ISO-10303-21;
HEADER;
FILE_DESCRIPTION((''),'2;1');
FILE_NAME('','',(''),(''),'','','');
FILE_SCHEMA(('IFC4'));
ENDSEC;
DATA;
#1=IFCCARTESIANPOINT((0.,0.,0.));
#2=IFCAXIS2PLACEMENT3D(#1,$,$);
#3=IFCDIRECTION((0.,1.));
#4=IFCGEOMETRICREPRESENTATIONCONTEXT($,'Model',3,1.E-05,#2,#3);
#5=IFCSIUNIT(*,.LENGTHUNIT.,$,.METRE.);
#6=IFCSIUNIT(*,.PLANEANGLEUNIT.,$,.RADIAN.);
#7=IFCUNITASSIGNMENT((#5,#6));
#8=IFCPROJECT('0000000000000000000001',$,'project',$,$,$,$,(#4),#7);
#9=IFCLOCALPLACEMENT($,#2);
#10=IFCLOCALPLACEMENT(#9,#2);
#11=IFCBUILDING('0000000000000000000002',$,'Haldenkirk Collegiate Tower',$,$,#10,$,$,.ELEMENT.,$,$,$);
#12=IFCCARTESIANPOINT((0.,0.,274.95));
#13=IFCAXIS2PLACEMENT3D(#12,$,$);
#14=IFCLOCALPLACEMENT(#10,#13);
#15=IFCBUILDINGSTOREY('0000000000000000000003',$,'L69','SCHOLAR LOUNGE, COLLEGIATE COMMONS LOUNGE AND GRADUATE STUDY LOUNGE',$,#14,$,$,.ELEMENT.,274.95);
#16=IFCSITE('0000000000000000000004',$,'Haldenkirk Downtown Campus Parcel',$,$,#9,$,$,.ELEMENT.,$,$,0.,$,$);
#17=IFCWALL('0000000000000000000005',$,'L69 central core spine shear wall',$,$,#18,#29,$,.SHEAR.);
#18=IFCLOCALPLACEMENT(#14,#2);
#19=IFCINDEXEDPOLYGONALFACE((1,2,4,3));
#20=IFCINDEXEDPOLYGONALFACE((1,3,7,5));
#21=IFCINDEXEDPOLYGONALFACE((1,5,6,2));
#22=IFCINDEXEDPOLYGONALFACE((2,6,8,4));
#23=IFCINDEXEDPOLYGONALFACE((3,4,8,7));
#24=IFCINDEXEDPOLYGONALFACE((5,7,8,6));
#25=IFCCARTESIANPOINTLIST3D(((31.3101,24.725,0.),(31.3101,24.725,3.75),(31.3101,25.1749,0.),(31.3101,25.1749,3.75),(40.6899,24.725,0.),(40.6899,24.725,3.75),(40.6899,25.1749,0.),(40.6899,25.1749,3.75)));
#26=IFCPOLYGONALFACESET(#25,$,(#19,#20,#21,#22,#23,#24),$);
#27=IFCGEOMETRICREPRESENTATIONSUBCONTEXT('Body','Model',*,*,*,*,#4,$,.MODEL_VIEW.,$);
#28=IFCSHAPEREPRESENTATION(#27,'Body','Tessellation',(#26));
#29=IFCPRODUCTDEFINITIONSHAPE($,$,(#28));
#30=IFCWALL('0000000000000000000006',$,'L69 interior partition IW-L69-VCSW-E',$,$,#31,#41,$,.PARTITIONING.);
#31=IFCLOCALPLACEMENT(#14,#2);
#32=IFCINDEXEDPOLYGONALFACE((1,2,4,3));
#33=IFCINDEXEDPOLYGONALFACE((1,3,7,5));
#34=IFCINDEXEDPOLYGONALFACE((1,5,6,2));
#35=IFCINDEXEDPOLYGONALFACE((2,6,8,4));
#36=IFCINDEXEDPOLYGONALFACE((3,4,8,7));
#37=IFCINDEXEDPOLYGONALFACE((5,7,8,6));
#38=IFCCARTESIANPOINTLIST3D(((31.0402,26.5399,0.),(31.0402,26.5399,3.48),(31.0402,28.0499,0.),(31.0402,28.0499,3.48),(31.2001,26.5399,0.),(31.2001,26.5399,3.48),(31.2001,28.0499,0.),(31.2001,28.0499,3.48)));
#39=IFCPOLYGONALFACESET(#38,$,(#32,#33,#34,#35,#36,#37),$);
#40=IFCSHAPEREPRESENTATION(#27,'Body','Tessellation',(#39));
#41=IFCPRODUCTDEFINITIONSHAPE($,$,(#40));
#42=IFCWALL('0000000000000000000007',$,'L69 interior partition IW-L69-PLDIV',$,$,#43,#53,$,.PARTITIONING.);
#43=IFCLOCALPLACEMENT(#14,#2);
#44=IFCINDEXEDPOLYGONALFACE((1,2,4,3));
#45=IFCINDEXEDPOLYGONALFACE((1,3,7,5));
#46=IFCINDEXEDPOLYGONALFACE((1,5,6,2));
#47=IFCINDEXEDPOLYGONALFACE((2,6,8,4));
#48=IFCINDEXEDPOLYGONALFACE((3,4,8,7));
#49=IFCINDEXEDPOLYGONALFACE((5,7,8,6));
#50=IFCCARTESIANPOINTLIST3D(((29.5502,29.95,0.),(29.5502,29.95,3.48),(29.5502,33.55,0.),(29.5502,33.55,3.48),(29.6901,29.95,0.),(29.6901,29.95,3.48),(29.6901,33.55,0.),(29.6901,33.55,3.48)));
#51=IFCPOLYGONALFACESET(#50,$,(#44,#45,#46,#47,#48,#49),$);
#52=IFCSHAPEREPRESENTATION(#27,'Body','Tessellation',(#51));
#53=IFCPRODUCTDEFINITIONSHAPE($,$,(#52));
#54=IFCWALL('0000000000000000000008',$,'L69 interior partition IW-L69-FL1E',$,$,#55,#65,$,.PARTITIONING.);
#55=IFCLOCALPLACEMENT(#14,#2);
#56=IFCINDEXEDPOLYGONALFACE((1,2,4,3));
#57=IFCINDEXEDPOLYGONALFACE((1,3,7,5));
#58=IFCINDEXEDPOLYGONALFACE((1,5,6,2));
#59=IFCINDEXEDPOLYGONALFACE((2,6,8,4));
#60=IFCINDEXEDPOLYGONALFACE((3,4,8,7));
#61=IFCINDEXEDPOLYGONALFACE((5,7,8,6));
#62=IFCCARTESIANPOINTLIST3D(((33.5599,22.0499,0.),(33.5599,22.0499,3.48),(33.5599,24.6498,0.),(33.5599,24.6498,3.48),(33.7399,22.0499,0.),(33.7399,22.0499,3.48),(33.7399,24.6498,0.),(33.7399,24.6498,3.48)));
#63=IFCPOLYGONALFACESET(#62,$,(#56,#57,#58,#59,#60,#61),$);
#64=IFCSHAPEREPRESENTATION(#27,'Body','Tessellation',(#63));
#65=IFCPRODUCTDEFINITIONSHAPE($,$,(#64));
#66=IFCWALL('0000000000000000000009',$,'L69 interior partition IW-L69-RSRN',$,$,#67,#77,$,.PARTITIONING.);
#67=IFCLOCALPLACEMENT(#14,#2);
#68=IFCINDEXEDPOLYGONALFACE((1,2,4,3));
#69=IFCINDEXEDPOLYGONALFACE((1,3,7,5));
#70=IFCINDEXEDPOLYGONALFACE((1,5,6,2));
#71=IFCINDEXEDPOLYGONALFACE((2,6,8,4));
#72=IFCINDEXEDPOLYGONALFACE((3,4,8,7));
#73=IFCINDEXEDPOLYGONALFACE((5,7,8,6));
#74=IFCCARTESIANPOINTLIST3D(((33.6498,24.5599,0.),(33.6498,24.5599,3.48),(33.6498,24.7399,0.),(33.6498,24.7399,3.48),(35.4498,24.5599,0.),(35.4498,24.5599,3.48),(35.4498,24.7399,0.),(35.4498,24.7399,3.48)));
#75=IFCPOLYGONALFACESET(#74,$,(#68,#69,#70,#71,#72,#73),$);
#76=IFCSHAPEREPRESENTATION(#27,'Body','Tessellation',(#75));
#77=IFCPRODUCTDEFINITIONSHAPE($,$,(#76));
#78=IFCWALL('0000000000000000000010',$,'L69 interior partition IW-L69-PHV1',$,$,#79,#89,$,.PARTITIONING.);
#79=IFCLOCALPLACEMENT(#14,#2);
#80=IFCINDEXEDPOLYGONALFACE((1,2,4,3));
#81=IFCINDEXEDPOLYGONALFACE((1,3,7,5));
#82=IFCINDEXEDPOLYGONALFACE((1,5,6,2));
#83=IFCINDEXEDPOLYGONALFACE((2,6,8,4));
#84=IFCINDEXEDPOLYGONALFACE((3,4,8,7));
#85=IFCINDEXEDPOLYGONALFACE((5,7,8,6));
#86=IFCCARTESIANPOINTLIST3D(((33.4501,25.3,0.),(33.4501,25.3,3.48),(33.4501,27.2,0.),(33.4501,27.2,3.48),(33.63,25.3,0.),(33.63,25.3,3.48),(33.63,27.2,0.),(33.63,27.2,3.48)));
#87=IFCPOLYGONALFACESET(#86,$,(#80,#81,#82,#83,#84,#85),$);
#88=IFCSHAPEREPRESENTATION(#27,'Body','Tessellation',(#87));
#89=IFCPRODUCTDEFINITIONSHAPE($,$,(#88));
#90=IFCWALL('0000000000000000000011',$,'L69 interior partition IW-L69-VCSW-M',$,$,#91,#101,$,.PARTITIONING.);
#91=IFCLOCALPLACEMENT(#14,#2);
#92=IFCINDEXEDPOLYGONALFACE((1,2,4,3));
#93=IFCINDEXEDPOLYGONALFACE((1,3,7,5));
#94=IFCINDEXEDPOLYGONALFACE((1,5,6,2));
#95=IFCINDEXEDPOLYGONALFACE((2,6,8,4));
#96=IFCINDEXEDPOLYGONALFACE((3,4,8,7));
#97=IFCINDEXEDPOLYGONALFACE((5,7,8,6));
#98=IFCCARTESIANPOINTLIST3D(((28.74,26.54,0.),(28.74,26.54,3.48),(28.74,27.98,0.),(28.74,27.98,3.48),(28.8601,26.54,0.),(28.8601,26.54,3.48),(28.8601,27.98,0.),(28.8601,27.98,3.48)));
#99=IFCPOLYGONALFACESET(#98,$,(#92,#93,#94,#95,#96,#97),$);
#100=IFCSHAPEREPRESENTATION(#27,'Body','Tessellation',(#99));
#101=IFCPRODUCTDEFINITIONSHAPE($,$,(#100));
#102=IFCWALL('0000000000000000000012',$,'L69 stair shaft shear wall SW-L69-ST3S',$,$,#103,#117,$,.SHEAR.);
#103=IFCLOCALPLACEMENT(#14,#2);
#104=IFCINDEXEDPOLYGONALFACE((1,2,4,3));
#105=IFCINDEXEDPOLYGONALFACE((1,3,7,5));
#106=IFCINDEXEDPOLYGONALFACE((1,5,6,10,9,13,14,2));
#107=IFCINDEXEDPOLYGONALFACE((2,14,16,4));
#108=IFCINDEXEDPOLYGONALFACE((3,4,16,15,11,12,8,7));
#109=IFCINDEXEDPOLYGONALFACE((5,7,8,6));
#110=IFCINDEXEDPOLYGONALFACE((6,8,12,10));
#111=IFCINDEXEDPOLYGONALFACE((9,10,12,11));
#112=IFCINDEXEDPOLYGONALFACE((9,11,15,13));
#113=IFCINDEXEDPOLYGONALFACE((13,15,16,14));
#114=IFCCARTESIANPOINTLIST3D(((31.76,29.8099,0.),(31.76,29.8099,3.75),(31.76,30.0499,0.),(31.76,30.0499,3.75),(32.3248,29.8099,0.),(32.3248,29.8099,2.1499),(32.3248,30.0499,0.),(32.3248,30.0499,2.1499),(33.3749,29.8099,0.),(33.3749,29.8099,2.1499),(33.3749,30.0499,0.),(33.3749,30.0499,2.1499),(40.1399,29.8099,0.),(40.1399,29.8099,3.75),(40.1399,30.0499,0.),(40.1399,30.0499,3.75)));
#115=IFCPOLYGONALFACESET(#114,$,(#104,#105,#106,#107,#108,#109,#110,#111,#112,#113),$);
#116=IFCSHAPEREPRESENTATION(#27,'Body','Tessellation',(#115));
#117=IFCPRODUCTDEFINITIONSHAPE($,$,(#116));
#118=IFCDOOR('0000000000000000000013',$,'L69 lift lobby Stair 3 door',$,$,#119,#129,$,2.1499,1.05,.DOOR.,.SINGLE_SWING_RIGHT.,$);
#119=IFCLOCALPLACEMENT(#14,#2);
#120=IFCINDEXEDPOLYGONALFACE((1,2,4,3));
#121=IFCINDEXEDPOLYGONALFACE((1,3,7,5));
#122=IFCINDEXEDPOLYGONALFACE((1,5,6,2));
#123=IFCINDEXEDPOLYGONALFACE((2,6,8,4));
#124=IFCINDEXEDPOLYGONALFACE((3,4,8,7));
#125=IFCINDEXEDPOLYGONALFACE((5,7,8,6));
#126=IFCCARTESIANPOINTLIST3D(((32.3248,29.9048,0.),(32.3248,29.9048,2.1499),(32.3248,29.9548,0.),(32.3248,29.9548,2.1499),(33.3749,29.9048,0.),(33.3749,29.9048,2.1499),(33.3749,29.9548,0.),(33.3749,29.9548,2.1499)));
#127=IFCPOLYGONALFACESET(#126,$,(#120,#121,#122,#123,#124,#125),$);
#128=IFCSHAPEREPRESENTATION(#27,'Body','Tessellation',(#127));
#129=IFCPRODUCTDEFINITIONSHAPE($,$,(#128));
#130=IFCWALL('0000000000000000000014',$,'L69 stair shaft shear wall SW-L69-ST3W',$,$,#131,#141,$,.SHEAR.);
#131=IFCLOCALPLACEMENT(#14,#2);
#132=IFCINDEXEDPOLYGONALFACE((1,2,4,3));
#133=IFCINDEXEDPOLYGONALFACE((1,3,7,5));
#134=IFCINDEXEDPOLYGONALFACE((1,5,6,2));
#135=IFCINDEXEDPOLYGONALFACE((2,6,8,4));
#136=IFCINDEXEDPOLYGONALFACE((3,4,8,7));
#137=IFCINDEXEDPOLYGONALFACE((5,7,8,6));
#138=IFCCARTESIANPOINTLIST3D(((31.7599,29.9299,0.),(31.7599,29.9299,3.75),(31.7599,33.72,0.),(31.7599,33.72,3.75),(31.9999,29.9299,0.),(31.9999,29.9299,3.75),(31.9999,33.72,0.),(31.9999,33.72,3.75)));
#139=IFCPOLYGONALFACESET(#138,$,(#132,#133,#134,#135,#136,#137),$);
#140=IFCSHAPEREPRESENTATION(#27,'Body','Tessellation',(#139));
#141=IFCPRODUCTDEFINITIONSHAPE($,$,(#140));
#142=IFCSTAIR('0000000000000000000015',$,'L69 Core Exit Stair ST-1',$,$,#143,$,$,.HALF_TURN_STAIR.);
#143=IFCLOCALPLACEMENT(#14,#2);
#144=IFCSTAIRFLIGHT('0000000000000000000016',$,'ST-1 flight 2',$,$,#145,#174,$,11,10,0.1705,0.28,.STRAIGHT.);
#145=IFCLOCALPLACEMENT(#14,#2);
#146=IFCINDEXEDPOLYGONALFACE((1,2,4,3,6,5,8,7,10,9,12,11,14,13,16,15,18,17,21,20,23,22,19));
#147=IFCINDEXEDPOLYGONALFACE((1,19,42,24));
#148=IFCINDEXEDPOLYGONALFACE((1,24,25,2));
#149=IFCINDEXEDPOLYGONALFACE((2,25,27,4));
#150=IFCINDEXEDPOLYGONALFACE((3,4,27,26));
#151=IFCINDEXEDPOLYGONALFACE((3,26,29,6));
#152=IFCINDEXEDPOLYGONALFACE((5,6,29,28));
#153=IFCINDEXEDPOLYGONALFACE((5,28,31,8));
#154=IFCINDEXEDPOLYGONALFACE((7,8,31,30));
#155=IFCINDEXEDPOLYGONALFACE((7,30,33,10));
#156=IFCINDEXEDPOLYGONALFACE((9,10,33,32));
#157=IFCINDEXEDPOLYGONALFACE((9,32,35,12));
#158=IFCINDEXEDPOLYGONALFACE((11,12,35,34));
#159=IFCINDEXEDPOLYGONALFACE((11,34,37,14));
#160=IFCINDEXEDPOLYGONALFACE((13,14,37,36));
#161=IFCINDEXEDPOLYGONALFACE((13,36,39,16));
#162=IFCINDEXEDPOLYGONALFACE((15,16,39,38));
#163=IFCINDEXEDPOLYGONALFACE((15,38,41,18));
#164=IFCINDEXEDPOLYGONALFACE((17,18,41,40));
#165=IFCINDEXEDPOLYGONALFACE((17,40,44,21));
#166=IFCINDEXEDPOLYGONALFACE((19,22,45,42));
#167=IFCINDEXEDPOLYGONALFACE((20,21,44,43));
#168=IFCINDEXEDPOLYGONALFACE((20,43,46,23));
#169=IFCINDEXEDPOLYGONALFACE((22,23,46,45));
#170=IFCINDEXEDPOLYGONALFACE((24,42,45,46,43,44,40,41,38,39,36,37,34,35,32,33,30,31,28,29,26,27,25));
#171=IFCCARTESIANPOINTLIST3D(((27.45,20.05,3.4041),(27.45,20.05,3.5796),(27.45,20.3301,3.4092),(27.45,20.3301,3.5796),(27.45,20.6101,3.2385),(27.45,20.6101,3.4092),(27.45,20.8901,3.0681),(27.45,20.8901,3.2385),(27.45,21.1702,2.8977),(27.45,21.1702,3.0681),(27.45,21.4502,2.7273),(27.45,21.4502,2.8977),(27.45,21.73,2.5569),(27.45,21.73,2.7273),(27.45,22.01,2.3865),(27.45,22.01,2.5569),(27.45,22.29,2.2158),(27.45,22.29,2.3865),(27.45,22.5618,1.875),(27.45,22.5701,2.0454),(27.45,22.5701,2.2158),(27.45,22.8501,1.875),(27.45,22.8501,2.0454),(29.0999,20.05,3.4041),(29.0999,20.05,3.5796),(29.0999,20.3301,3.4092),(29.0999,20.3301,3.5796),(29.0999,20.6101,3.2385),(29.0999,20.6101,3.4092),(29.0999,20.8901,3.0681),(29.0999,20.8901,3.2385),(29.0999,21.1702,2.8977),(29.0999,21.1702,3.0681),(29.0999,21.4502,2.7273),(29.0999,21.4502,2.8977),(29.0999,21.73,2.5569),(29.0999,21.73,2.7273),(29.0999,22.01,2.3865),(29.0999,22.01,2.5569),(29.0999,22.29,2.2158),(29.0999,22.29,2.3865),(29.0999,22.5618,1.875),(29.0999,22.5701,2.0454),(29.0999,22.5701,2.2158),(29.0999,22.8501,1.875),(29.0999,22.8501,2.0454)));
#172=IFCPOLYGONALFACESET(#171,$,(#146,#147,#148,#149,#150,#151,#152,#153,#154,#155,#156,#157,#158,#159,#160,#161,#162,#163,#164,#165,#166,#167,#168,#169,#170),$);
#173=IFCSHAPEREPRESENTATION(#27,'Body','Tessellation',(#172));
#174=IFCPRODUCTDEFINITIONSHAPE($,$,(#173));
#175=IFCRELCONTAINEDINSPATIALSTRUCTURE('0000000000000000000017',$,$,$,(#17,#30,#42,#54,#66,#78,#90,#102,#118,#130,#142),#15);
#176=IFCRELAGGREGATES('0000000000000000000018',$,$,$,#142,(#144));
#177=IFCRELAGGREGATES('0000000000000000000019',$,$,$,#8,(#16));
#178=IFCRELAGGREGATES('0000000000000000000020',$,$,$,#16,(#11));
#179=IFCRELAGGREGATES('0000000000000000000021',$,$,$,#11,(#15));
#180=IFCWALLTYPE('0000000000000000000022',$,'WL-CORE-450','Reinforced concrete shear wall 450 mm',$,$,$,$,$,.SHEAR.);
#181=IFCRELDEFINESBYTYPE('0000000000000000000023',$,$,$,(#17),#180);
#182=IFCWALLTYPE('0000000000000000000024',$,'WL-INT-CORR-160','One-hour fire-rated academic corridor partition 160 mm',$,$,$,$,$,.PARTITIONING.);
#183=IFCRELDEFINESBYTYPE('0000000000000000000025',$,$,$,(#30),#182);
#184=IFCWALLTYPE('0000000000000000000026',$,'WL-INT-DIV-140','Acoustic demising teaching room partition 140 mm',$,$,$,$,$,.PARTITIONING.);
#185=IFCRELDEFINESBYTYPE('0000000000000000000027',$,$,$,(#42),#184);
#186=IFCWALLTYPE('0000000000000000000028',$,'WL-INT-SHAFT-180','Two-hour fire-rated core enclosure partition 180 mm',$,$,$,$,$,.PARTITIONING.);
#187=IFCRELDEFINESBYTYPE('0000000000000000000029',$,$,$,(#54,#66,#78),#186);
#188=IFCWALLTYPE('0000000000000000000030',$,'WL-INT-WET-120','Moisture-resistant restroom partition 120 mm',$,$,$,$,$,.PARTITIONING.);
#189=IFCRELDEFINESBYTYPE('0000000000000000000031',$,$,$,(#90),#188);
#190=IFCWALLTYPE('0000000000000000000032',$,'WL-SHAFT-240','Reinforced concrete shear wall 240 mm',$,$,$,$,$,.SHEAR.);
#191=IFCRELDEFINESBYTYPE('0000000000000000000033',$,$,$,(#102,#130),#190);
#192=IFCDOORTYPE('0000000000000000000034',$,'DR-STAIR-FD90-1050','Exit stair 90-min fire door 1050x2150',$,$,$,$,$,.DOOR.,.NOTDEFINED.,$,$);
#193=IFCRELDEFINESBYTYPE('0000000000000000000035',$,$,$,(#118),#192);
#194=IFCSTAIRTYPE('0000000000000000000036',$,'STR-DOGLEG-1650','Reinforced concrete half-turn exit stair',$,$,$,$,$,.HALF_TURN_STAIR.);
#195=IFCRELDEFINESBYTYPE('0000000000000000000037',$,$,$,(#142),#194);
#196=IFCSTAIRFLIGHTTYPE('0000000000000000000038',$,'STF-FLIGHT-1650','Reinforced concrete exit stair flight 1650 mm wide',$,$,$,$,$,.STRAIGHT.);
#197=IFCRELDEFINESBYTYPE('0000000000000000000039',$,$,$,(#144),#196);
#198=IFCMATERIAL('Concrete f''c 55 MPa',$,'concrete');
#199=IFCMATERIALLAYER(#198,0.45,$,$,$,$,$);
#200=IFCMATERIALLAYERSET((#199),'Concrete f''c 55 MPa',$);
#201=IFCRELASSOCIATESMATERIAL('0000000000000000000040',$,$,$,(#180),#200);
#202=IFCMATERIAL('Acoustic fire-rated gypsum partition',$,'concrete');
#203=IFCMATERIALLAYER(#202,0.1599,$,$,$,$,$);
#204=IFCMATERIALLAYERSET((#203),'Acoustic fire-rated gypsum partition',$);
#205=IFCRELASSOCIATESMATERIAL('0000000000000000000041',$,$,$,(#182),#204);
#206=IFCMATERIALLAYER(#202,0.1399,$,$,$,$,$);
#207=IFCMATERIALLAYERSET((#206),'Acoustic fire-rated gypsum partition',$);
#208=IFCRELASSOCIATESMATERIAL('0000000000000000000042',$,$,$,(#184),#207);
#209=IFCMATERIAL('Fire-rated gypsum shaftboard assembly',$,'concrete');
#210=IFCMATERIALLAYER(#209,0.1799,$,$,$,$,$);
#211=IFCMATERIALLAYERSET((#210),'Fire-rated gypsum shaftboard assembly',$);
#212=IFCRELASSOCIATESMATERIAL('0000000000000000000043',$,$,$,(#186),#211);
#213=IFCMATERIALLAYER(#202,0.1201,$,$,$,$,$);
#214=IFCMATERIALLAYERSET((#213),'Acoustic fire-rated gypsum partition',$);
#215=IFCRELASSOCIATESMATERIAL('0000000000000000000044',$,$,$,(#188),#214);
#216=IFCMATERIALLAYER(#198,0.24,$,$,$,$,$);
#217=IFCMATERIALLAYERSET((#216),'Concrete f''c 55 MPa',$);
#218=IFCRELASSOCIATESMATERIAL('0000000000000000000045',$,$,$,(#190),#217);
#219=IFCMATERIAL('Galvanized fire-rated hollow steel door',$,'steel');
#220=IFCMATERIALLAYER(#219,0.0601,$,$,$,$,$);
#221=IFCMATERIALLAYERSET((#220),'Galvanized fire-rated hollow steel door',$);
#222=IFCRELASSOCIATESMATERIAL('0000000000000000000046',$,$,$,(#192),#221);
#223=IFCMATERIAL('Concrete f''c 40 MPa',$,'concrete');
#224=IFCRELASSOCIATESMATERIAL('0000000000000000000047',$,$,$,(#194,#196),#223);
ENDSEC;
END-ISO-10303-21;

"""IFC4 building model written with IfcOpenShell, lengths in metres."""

from ifc_helpers import new_model, si_unit, direction, frame, frame_2d, origin, place, context, subcontext, project, spatial, polyline, rectangle, outline, extrude, material, layer, layer_set, type_object, element, fill, aggregate, save


model = new_model("IFC4")

# Units and contexts
model_context = context("Model", 3, precision=1e-05, world=origin(), true_north=direction((0.0, 1.0)))
body_context = subcontext(model_context, "Body", "Model", "MODEL_VIEW")
ifc_project = project(units=[si_unit("LENGTHUNIT", "METRE"), si_unit("PLANEANGLEUNIT", "RADIAN")], contexts=[model_context])

# Site, building, storey
site_placement = place(None, origin())
site = spatial("IfcSite", under=ifc_project, at=site_placement, Name="Haldenkirk Downtown Campus Parcel", CompositionType="ELEMENT", RefElevation=0.0)
building_placement = place(site_placement, origin())
building = spatial("IfcBuilding", under=site, at=building_placement, Name="Haldenkirk Collegiate Tower", CompositionType="ELEMENT")
storey_placement = place(building_placement, frame((0.0, 0.0, 274.95)))
storey = spatial("IfcBuildingStorey", under=building, at=storey_placement, Name="L69", Description="SCHOLAR LOUNGE, COLLEGIATE COMMONS LOUNGE AND GRADUATE STUDY LOUNGE", CompositionType="ELEMENT", Elevation=274.95)

# Walls
ifc_material_1 = material(Name="Concrete f'c 55 MPa", Category="concrete")
ifc_layer_1 = layer(ifc_material_1, 0.45)
ifc_layer_set_1 = layer_set([ifc_layer_1], Name="Concrete f'c 55 MPa")
wall_type_1 = type_object("IfcWallType", Name="WL-CORE-450", Description="Reinforced concrete shear wall 450 mm", PredefinedType="SHEAR", material=ifc_layer_set_1)
wall_1_placement = place(storey_placement, frame((31.3101, 24.95, 0.0), z_axis=(0.0, 0.0, 1.0), x_axis=(1.0, 0.0, 0.0)))
element("IfcWall", 1, at=wall_1_placement, inside=storey, type_object=wall_type_1, Name="L69 central core spine shear wall", PredefinedType="SHEAR", context=body_context, shape_type="SweptSolid", body=[
    extrude(rectangle(XDim=9.3799, YDim=0.45, at=frame_2d((4.6899, 0.0))), origin(), (0.0, 0.0, 1.0), 3.75),
])
ifc_material_2 = material(Name="Acoustic fire-rated gypsum partition", Category="concrete")
ifc_layer_2 = layer(ifc_material_2, 0.1599)
ifc_layer_set_2 = layer_set([ifc_layer_2], Name="Acoustic fire-rated gypsum partition")
wall_type_2 = type_object("IfcWallType", Name="WL-INT-CORR-160", Description="One-hour fire-rated academic corridor partition 160 mm", PredefinedType="PARTITIONING", material=ifc_layer_set_2)
wall_2_placement = place(storey_placement, frame((31.1201, 26.54, 0.0), z_axis=(0.0, 0.0, 1.0), x_axis=(0.0, 1.0, 0.0)))
element("IfcWall", 2, at=wall_2_placement, inside=storey, type_object=wall_type_2, Name="L69 interior partition IW-L69-VCSW-E", PredefinedType="PARTITIONING", context=body_context, shape_type="SweptSolid", body=[
    extrude(rectangle(XDim=1.51, YDim=0.1599, at=frame_2d((0.7549, 0.0))), origin(), (0.0, 0.0, 1.0), 3.48),
])
ifc_layer_3 = layer(ifc_material_2, 0.1399)
ifc_layer_set_3 = layer_set([ifc_layer_3], Name="Acoustic fire-rated gypsum partition")
wall_type_3 = type_object("IfcWallType", Name="WL-INT-DIV-140", Description="Acoustic demising teaching room partition 140 mm", PredefinedType="PARTITIONING", material=ifc_layer_set_3)
wall_3_placement = place(storey_placement, frame((29.6201, 29.95, 0.0), z_axis=(0.0, 0.0, 1.0), x_axis=(0.0, 1.0, 0.0)))
element("IfcWall", 3, at=wall_3_placement, inside=storey, type_object=wall_type_3, Name="L69 interior partition IW-L69-PLDIV", PredefinedType="PARTITIONING", context=body_context, shape_type="SweptSolid", body=[
    extrude(rectangle(XDim=3.6001, YDim=0.1399, at=frame_2d((1.8, 0.0))), origin(), (0.0, 0.0, 1.0), 3.48),
])
ifc_material_3 = material(Name="Fire-rated gypsum shaftboard assembly", Category="concrete")
ifc_layer_4 = layer(ifc_material_3, 0.1799)
ifc_layer_set_4 = layer_set([ifc_layer_4], Name="Fire-rated gypsum shaftboard assembly")
wall_type_4 = type_object("IfcWallType", Name="WL-INT-SHAFT-180", Description="Two-hour fire-rated core enclosure partition 180 mm", PredefinedType="PARTITIONING", material=ifc_layer_set_4)
wall_4_placement = place(storey_placement, frame((33.6499, 22.05, 0.0), z_axis=(0.0, 0.0, 1.0), x_axis=(0.0, 1.0, 0.0)))
element("IfcWall", 4, at=wall_4_placement, inside=storey, type_object=wall_type_4, Name="L69 interior partition IW-L69-FL1E", PredefinedType="PARTITIONING", context=body_context, shape_type="SweptSolid", body=[
    extrude(rectangle(XDim=2.5999, YDim=0.1799, at=frame_2d((1.2998, 0.0))), origin(), (0.0, 0.0, 1.0), 3.48),
])
wall_5_placement = place(storey_placement, frame((33.6499, 24.6499, 0.0), z_axis=(0.0, 0.0, 1.0), x_axis=(1.0, 0.0, 0.0)))
element("IfcWall", 5, at=wall_5_placement, inside=storey, type_object=wall_type_4, Name="L69 interior partition IW-L69-RSRN", PredefinedType="PARTITIONING", context=body_context, shape_type="SweptSolid", body=[
    extrude(rectangle(XDim=1.8, YDim=0.1799, at=frame_2d((0.8999, 0.0))), origin(), (0.0, 0.0, 1.0), 3.48),
])

# Wall
wall_6_placement = place(storey_placement, frame((33.54, 25.3, 0.0), z_axis=(0.0, 0.0, 1.0), x_axis=(0.0, 1.0, 0.0)))
element("IfcWall", 6, at=wall_6_placement, inside=storey, type_object=wall_type_4, Name="L69 interior partition IW-L69-PHV1", PredefinedType="PARTITIONING", context=body_context, shape_type="SweptSolid", body=[
    extrude(rectangle(XDim=1.8999, YDim=0.1799, at=frame_2d((0.95, 0.0))), origin(), (0.0, 0.0, 1.0), 3.48),
])

# Shared definitions
ifc_material_4 = material(Name="Galvanized fire-rated hollow steel door", Category="steel")

# Wall
ifc_layer_5 = layer(ifc_material_2, 0.1201)
ifc_layer_set_5 = layer_set([ifc_layer_5], Name="Acoustic fire-rated gypsum partition")
wall_type_5 = type_object("IfcWallType", Name="WL-INT-WET-120", Description="Moisture-resistant restroom partition 120 mm", PredefinedType="PARTITIONING", material=ifc_layer_set_5)
wall_7_placement = place(storey_placement, frame((28.8, 26.54, 0.0), z_axis=(0.0, 0.0, 1.0), x_axis=(0.0, 1.0, 0.0)))
element("IfcWall", 7, at=wall_7_placement, inside=storey, type_object=wall_type_5, Name="L69 interior partition IW-L69-VCSW-M", PredefinedType="PARTITIONING", context=body_context, shape_type="SweptSolid", body=[
    extrude(rectangle(XDim=1.4399, YDim=0.1201, at=frame_2d((0.72, 0.0))), origin(), (0.0, 0.0, 1.0), 3.48),
])

# Wall, opening, door
ifc_layer_6 = layer(ifc_material_1, 0.24)
ifc_layer_set_6 = layer_set([ifc_layer_6], Name="Concrete f'c 55 MPa")
wall_type_6 = type_object("IfcWallType", Name="WL-SHAFT-240", Description="Reinforced concrete shear wall 240 mm", PredefinedType="SHEAR", material=ifc_layer_set_6)
wall_8_placement = place(storey_placement, frame((31.76, 29.9299, 0.0), z_axis=(0.0, 0.0, 1.0), x_axis=(1.0, 0.0, 0.0)))
wall_8 = element("IfcWall", 8, at=wall_8_placement, inside=storey, type_object=wall_type_6, Name="L69 stair shaft shear wall SW-L69-ST3S", PredefinedType="SHEAR", context=body_context, shape_type="SweptSolid", body=[
    extrude(rectangle(XDim=8.3799, YDim=0.24, at=frame_2d((4.1899, 0.0))), origin(), (0.0, 0.0, 1.0), 3.75),
])
opening_1_placement = place(wall_8_placement, frame((0.5649, 0.0, 0.0)))
opening_1 = element("IfcOpeningElement", 9, at=opening_1_placement, cuts=wall_8, PredefinedType="OPENING", context=body_context, shape_type="SweptSolid", body=[
    extrude(rectangle(XDim=1.05, YDim=2.1499, at=frame_2d((0.5249, 1.075))), frame((0.0, 0.1299, 0.0), z_axis=(0.0, -1.0, 0.0), x_axis=(1.0, 0.0, 0.0)), (0.0, 0.0, 1.0), 0.26),
])
ifc_layer_7 = layer(ifc_material_4, 0.0601)
ifc_layer_set_7 = layer_set([ifc_layer_7], Name="Galvanized fire-rated hollow steel door")
door_type_1 = type_object("IfcDoorType", Name="DR-STAIR-FD90-1050", Description="Exit stair 90-min fire door 1050x2150", OperationType="NOTDEFINED", PredefinedType="DOOR", material=ifc_layer_set_7)
door_1_placement = place(opening_1_placement, origin())
door_1 = element("IfcDoor", 10, at=door_1_placement, inside=storey, type_object=door_type_1, Name="L69 lift lobby Stair 3 door", OperationType="SINGLE_SWING_RIGHT", OverallHeight=2.1499, OverallWidth=1.05, PredefinedType="DOOR", context=body_context, shape_type="SweptSolid", body=[
    extrude(rectangle(XDim=1.05, YDim=2.1499, at=frame_2d((0.5249, 1.075))), frame((0.0, 0.0249, 0.0), z_axis=(0.0, -1.0, 0.0), x_axis=(1.0, 0.0, 0.0)), (0.0, 0.0, 1.0), 0.05),
])
fill(opening_1, door_1)

# Wall
wall_9_placement = place(storey_placement, frame((31.8799, 29.9299, 0.0), z_axis=(0.0, 0.0, 1.0), x_axis=(0.0, 1.0, 0.0)))
element("IfcWall", 11, at=wall_9_placement, inside=storey, type_object=wall_type_6, Name="L69 stair shaft shear wall SW-L69-ST3W", PredefinedType="SHEAR", context=body_context, shape_type="SweptSolid", body=[
    extrude(rectangle(XDim=3.79, YDim=0.24, at=frame_2d((1.895, 0.0))), origin(), (0.0, 0.0, 1.0), 3.75),
])

# Stair, stair flight
ifc_material_5 = material(Name="Concrete f'c 40 MPa", Category="concrete")
stair_type = type_object("IfcStairType", Name="STR-DOGLEG-1650", Description="Reinforced concrete half-turn exit stair", PredefinedType="HALF_TURN_STAIR", material=ifc_material_5)
stair_1_placement = place(storey_placement, origin())
stair_1 = element("IfcStair", 12, at=stair_1_placement, inside=storey, type_object=stair_type, Name="L69 Core Exit Stair ST-1", PredefinedType="HALF_TURN_STAIR")
stair_flight_type = type_object("IfcStairFlightType", Name="STF-FLIGHT-1650", Description="Reinforced concrete exit stair flight 1650 mm wide", PredefinedType="STRAIGHT", material=ifc_material_5)
stair_flight_1_placement = place(storey_placement, frame((28.2749, 22.8501, 1.875), z_axis=(0.0, 0.0, 1.0), x_axis=(0.0, -1.0, 0.0)))
stair_flight_1 = element("IfcStairFlight", 13, at=stair_flight_1_placement, type_object=stair_flight_type, Name="ST-1 flight 2", NumberOfRisers=11, NumberOfTreads=10, PredefinedType="STRAIGHT", RiserHeight=0.1705, TreadLength=0.28, context=body_context, shape_type="SweptSolid", body=[
    extrude(outline(polyline([(0.0, 0.0), (0.0, 0.1704), (0.28, 0.1704), (0.28, 0.3408), (0.5601, 0.3408), (0.5601, 0.5115), (0.8401, 0.5115), (0.8401, 0.6819), (1.1201, 0.6819), (1.1201, 0.8523), (1.3999, 0.8523), (1.3999, 1.0227), (1.6799, 1.0227), (1.6799, 1.1931), (1.96, 1.1931), (1.96, 1.3635), (2.24, 1.3635), (2.24, 1.5342), (2.52, 1.5342), (2.52, 1.7046), (2.8, 1.7046), (2.8, 1.875), (2.8, 1.5291), (0.2883, 0.0), (0.0, 0.0)])), frame((0.0, 0.825, 0.0), z_axis=(0.0, -1.0, 0.0), x_axis=(1.0, 0.0, 0.0)), (0.0, 0.0, 1.0), 1.6499),
])
aggregate(stair_1, [stair_flight_1])

save(model, "model.ifc")
